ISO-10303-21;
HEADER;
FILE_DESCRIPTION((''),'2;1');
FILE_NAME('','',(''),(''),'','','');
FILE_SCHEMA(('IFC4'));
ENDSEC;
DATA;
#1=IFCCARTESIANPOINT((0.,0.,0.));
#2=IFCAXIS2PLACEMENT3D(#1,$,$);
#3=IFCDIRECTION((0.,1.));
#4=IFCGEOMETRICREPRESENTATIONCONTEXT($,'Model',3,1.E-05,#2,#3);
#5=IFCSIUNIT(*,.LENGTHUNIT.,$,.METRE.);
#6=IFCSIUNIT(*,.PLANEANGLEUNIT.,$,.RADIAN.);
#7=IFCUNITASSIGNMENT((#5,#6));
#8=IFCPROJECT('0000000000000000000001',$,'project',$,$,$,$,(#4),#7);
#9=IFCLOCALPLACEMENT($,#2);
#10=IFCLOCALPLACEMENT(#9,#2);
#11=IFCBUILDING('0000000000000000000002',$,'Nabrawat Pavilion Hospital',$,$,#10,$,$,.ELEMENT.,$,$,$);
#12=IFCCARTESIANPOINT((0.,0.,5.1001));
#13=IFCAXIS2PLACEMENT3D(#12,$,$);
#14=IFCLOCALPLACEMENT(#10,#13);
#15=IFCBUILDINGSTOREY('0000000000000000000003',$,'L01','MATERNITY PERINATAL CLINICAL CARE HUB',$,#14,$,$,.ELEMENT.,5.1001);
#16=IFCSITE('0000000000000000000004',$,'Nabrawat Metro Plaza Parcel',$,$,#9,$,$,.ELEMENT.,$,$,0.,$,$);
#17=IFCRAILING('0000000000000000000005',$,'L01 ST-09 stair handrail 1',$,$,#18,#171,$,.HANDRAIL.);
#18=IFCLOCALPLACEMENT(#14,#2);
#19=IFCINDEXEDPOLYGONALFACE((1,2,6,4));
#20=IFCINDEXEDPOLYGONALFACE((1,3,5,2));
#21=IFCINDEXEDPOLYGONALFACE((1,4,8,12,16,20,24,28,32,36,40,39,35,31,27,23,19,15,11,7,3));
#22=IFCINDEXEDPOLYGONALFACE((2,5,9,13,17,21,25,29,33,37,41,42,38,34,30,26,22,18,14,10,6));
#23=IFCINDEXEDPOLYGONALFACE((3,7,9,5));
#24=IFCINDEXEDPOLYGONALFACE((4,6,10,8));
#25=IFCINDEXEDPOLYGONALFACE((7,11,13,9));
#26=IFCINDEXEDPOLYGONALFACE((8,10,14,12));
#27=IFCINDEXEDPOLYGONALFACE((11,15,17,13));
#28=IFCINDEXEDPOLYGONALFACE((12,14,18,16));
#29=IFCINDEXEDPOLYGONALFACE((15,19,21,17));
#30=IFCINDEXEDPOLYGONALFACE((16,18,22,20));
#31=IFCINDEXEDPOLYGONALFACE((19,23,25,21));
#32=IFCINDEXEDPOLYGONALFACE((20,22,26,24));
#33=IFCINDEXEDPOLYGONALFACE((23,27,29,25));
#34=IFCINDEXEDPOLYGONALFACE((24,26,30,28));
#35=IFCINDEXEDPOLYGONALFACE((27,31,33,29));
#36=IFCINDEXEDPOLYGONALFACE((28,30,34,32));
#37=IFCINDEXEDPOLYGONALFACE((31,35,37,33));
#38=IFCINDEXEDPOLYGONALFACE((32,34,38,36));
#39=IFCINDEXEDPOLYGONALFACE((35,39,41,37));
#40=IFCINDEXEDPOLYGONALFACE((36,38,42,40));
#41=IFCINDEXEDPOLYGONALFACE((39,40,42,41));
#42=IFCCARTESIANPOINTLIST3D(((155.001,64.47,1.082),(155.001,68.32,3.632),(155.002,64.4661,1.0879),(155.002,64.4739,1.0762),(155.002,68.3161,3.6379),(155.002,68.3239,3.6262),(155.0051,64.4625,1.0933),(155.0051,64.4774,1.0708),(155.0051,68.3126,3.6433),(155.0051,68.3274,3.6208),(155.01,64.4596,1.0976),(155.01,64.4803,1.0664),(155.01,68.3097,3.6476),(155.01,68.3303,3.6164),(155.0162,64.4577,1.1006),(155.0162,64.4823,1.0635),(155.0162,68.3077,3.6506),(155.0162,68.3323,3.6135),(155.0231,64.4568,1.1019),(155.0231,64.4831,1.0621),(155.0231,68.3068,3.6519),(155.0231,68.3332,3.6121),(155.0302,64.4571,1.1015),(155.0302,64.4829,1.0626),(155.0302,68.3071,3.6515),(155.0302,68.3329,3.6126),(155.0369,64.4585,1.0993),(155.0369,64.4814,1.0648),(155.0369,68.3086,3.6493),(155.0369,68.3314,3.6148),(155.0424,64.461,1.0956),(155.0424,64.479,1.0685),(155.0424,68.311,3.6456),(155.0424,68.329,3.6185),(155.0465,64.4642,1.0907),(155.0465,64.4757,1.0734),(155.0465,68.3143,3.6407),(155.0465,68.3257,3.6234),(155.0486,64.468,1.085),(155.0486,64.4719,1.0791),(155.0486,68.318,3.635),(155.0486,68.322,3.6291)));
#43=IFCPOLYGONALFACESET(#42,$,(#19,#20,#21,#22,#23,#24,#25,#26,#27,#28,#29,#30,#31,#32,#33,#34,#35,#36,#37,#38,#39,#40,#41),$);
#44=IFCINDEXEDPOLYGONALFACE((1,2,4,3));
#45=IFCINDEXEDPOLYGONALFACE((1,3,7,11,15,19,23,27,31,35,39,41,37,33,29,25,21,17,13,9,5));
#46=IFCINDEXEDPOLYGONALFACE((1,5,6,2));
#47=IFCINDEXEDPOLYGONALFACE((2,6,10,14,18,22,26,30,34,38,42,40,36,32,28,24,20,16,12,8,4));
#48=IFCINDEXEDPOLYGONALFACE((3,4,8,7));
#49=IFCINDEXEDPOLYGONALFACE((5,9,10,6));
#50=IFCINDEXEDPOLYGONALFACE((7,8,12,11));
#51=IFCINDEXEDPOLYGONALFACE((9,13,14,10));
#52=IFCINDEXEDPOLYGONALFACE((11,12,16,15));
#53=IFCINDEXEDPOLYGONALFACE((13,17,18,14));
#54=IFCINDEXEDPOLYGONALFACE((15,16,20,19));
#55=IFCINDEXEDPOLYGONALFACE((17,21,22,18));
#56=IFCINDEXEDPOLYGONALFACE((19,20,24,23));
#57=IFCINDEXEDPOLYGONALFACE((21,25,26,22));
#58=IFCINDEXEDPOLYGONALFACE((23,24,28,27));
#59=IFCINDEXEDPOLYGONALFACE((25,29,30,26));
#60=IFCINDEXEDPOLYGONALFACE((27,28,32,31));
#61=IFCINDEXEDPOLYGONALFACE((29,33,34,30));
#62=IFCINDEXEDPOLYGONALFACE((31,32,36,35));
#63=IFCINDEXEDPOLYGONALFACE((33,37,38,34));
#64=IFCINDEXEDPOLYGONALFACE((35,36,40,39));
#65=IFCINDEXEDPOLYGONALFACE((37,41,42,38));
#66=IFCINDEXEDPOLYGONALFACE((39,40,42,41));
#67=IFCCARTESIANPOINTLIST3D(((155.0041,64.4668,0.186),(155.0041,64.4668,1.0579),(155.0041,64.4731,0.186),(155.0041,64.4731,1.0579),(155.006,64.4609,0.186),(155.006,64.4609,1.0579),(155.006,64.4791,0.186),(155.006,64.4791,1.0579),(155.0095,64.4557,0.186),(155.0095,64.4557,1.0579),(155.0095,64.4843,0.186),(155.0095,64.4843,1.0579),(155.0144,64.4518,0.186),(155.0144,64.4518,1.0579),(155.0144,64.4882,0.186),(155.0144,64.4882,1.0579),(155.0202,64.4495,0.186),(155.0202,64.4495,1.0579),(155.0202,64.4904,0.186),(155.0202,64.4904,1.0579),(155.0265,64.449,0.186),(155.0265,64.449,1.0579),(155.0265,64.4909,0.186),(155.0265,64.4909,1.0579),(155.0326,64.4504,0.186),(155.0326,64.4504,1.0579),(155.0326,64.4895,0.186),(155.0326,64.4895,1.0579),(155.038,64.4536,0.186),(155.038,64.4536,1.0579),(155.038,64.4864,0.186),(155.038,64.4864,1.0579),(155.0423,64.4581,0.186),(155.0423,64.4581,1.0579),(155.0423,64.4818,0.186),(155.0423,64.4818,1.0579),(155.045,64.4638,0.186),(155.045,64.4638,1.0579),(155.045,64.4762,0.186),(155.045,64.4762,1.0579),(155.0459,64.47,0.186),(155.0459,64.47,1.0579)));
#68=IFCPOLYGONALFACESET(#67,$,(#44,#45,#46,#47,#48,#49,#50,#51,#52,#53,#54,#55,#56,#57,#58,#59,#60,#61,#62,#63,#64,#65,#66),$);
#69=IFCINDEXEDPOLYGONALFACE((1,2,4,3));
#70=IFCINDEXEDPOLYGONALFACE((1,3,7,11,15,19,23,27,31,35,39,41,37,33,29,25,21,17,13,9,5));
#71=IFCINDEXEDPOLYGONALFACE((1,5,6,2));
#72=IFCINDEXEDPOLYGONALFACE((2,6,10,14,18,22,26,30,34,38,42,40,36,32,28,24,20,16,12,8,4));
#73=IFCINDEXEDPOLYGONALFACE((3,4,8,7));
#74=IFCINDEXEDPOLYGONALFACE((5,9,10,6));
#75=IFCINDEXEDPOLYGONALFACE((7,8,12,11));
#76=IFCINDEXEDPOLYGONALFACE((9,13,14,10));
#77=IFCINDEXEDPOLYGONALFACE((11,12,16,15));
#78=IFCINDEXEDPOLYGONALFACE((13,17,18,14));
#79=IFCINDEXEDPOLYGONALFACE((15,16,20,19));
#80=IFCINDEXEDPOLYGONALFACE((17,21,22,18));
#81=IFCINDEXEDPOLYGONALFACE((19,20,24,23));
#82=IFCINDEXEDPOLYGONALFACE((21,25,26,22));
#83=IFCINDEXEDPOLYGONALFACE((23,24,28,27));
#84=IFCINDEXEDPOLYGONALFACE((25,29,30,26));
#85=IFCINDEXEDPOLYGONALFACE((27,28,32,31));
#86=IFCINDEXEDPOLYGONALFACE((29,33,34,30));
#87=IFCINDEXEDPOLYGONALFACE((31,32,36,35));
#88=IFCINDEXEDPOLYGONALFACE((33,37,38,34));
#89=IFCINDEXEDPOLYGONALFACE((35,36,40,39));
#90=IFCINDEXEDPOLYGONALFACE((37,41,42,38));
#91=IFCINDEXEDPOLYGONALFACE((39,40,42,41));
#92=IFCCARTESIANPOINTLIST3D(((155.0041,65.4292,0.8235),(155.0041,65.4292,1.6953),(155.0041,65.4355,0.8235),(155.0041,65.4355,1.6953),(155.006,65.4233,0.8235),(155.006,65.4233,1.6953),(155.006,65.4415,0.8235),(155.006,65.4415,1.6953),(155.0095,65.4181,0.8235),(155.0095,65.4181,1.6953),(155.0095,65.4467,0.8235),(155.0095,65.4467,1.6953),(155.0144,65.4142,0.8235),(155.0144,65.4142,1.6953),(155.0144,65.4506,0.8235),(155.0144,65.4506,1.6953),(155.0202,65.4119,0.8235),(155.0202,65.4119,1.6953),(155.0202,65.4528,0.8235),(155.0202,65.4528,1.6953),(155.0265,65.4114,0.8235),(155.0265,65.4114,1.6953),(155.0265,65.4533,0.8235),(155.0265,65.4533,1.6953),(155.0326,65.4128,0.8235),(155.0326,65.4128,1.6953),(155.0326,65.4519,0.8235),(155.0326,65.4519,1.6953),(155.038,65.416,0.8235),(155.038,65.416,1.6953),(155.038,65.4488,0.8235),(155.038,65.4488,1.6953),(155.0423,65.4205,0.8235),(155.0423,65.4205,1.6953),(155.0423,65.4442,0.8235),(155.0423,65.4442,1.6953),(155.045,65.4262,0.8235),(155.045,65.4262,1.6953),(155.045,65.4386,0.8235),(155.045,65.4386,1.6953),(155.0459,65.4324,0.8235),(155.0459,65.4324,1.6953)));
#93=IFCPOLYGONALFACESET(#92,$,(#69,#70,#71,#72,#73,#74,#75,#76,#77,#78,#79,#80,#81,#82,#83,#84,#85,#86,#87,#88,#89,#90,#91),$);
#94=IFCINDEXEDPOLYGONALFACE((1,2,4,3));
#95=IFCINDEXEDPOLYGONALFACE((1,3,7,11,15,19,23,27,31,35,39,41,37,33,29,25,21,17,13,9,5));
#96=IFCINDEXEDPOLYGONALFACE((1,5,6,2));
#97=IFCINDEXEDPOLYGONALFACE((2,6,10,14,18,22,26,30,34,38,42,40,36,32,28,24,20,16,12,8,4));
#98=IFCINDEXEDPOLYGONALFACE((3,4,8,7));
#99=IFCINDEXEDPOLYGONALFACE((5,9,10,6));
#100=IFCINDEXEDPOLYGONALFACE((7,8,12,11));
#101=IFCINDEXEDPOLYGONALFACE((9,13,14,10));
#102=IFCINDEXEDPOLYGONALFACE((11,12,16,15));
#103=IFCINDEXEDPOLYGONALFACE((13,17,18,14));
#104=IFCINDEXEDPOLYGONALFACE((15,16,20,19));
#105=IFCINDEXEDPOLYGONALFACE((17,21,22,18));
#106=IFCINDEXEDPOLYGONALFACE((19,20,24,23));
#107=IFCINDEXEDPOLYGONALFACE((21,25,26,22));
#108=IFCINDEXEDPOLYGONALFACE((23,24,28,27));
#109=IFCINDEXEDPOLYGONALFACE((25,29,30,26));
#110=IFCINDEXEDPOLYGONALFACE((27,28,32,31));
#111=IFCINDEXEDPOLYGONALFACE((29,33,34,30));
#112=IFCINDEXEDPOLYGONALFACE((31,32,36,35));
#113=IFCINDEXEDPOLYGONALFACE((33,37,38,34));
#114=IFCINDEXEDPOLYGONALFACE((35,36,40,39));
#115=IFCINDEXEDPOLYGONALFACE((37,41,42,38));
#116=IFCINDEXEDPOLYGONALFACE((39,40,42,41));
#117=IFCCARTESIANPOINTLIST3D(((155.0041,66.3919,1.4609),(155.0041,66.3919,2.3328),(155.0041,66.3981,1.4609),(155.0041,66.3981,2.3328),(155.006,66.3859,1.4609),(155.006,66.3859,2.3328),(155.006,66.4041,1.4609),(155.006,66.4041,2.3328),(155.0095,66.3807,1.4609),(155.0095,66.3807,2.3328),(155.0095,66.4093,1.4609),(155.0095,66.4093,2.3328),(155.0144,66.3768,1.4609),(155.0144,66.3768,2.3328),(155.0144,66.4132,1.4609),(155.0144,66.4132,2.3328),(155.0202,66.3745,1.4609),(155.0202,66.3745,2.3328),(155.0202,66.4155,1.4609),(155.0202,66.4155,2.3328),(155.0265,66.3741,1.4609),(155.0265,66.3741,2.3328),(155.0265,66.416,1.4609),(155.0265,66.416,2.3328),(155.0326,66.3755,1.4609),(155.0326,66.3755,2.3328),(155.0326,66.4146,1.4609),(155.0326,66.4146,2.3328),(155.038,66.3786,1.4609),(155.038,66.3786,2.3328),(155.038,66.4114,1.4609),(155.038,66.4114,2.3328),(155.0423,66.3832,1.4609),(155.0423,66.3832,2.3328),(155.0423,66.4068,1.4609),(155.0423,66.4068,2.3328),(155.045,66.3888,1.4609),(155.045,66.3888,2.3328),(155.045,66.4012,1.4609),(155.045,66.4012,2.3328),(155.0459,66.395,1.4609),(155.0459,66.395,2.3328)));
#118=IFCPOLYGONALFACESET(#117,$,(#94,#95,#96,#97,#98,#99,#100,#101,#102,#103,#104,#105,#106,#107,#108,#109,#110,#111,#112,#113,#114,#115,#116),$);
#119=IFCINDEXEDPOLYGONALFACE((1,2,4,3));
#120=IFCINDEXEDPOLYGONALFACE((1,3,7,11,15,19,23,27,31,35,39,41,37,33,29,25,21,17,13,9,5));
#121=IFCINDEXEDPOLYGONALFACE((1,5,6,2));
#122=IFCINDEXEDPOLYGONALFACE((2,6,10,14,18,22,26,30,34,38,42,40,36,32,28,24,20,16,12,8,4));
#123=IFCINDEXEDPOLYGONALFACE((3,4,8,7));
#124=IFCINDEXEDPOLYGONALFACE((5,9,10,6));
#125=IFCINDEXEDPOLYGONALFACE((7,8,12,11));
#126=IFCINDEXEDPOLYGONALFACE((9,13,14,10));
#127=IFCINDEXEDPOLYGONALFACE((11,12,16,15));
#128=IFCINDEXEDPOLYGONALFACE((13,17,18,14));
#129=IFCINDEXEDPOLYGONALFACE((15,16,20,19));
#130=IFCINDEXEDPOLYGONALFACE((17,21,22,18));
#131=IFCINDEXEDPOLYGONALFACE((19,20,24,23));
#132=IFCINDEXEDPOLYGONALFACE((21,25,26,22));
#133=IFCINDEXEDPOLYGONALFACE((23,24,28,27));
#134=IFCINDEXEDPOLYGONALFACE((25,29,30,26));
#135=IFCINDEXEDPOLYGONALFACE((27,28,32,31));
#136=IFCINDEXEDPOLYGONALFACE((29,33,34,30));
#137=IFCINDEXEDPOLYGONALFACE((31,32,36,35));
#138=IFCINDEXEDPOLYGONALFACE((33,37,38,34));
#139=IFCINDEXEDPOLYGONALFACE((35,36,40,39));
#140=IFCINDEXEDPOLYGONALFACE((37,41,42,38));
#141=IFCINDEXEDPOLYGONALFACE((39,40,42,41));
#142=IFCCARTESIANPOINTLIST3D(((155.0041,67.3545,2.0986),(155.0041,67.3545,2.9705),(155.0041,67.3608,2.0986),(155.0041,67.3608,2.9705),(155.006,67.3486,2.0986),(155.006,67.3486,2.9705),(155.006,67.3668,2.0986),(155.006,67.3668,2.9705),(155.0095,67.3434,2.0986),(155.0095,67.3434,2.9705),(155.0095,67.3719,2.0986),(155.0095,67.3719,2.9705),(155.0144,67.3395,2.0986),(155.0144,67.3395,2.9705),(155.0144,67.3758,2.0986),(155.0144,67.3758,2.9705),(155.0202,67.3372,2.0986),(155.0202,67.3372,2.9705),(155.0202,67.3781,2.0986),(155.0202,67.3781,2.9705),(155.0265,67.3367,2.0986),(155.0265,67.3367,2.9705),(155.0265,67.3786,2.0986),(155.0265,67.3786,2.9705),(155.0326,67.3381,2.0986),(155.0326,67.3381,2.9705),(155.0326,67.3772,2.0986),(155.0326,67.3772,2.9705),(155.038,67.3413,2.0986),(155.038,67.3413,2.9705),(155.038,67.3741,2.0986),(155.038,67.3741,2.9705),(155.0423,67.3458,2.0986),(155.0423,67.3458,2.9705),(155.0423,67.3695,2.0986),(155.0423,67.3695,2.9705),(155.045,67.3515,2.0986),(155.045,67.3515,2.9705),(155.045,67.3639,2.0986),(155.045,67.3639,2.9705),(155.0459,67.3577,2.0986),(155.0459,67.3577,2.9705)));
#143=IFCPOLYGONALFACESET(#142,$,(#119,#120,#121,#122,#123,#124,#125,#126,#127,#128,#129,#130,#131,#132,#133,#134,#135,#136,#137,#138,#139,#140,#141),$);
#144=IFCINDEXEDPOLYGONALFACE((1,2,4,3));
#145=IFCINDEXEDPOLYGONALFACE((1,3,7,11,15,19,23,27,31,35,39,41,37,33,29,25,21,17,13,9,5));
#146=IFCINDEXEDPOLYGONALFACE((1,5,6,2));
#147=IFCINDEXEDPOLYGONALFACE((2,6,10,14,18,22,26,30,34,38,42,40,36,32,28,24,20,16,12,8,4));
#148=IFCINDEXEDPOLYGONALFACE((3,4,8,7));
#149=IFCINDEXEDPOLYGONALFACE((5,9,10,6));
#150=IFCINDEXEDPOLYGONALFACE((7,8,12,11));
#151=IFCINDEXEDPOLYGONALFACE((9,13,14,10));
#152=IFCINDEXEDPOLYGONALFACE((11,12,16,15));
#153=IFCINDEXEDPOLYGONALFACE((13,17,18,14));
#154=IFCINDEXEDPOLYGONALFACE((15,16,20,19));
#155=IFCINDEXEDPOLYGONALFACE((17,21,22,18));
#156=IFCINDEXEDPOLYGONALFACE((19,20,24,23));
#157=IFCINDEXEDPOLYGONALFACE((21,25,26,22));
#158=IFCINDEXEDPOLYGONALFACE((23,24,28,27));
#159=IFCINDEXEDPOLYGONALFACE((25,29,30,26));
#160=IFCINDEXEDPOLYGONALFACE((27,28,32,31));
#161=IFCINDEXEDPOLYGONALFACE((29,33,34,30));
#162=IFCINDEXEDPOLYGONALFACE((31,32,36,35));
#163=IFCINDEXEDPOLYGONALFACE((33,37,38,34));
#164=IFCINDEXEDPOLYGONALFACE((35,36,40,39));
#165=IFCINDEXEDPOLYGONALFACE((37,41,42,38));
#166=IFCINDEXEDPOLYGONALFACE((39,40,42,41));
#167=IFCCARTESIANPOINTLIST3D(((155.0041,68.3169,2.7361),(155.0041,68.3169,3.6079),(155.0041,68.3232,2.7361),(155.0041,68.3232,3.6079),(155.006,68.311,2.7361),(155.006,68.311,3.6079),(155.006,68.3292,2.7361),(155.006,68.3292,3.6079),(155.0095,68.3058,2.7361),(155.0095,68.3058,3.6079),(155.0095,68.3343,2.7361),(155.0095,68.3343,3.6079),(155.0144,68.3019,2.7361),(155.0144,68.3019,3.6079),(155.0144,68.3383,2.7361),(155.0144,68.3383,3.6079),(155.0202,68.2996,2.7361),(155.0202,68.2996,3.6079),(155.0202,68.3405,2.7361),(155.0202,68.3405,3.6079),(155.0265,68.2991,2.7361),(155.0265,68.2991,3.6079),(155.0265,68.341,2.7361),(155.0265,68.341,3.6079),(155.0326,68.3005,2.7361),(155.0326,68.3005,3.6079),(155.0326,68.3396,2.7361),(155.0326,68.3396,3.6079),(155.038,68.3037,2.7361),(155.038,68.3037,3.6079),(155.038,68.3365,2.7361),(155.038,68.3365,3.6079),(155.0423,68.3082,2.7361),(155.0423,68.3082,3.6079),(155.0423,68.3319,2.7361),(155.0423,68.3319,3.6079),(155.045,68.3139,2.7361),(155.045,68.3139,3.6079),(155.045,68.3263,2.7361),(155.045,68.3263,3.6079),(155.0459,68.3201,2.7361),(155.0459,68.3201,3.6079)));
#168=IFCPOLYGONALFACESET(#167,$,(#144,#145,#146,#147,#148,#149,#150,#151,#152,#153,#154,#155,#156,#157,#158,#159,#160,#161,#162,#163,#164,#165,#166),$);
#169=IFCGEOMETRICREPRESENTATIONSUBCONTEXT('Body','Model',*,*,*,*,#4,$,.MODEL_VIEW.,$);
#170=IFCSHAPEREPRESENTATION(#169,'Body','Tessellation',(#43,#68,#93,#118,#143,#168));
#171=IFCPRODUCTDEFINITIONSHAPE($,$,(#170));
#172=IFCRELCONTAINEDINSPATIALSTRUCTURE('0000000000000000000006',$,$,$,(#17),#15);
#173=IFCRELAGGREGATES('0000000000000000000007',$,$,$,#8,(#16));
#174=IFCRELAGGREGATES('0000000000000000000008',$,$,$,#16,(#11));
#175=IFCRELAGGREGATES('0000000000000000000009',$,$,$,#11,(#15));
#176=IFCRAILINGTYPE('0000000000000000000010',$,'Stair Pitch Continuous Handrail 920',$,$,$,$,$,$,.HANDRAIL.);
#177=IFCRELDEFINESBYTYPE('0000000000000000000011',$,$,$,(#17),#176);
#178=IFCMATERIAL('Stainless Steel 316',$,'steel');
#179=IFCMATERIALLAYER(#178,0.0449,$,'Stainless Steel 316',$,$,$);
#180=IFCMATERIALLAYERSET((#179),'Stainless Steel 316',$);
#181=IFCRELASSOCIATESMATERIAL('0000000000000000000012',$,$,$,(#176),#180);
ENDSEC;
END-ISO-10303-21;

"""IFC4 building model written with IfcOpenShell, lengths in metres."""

from ifc_helpers import new_model, si_unit, direction, frame, origin, origin_2d, place, context, subcontext, project, spatial, circle, extrude, material, layer, layer_set, type_object, element, save


model = new_model("IFC4")

# Units and contexts
model_context = context("Model", 3, precision=1e-05, world=origin(), true_north=direction((0.0, 1.0)))
body_context = subcontext(model_context, "Body", "Model", "MODEL_VIEW")
ifc_project = project(units=[si_unit("LENGTHUNIT", "METRE"), si_unit("PLANEANGLEUNIT", "RADIAN")], contexts=[model_context])

# Site, building, storey
site_placement = place(None, origin())
site = spatial("IfcSite", under=ifc_project, at=site_placement, Name="Nabrawat Metro Plaza Parcel", CompositionType="ELEMENT", RefElevation=0.0)
building_placement = place(site_placement, origin())
building = spatial("IfcBuilding", under=site, at=building_placement, Name="Nabrawat Pavilion Hospital", CompositionType="ELEMENT")
storey_placement = place(building_placement, frame((0.0, 0.0, 5.1001)))
storey = spatial("IfcBuildingStorey", under=building, at=storey_placement, Name="L01", Description="MATERNITY PERINATAL CLINICAL CARE HUB", CompositionType="ELEMENT", Elevation=5.1001)

# Railing
ifc_material_1 = material(Name="Stainless Steel 316", Category="steel")
ifc_layer_1 = layer(ifc_material_1, 0.0449, Name="Stainless Steel 316")
ifc_layer_set_1 = layer_set([ifc_layer_1], Name="Stainless Steel 316")
railing_type_1 = type_object("IfcRailingType", Name="Stair Pitch Continuous Handrail 920", PredefinedType="HANDRAIL", material=ifc_layer_set_1)
railing_1_placement = place(storey_placement, frame((155.0249, 64.47, 0.186)))
element("IfcRailing", 1, at=railing_1_placement, inside=storey, type_object=railing_type_1, Name="L01 ST-09 stair handrail 1", PredefinedType="HANDRAIL", context=body_context, shape_type="SweptSolid", body=[
    extrude(circle(Radius=0.0239, at=origin_2d()), frame((0.0, 0.0, 0.896), z_axis=(0.0, 0.833714, 0.552197), x_axis=(-1.0, 0.0, 0.0)), (0.0, 0.0, 1.0), 4.6179),
    extrude(circle(Radius=0.021, at=origin_2d()), origin(), (0.0, 0.0, 1.0), 0.8718),
    extrude(circle(Radius=0.021, at=origin_2d()), frame((0.0, 0.9624, 0.6375)), (0.0, 0.0, 1.0), 0.8718),
    extrude(circle(Radius=0.021, at=origin_2d()), frame((0.0, 1.925, 1.2749)), (0.0, 0.0, 1.0), 0.8718),
    extrude(circle(Radius=0.021, at=origin_2d()), frame((0.0, 2.8877, 1.9126)), (0.0, 0.0, 1.0), 0.8718),
    extrude(circle(Radius=0.021, at=origin_2d()), frame((0.0, 3.8501, 2.55)), (0.0, 0.0, 1.0), 0.8718),
])

save(model, "model.ifc")
